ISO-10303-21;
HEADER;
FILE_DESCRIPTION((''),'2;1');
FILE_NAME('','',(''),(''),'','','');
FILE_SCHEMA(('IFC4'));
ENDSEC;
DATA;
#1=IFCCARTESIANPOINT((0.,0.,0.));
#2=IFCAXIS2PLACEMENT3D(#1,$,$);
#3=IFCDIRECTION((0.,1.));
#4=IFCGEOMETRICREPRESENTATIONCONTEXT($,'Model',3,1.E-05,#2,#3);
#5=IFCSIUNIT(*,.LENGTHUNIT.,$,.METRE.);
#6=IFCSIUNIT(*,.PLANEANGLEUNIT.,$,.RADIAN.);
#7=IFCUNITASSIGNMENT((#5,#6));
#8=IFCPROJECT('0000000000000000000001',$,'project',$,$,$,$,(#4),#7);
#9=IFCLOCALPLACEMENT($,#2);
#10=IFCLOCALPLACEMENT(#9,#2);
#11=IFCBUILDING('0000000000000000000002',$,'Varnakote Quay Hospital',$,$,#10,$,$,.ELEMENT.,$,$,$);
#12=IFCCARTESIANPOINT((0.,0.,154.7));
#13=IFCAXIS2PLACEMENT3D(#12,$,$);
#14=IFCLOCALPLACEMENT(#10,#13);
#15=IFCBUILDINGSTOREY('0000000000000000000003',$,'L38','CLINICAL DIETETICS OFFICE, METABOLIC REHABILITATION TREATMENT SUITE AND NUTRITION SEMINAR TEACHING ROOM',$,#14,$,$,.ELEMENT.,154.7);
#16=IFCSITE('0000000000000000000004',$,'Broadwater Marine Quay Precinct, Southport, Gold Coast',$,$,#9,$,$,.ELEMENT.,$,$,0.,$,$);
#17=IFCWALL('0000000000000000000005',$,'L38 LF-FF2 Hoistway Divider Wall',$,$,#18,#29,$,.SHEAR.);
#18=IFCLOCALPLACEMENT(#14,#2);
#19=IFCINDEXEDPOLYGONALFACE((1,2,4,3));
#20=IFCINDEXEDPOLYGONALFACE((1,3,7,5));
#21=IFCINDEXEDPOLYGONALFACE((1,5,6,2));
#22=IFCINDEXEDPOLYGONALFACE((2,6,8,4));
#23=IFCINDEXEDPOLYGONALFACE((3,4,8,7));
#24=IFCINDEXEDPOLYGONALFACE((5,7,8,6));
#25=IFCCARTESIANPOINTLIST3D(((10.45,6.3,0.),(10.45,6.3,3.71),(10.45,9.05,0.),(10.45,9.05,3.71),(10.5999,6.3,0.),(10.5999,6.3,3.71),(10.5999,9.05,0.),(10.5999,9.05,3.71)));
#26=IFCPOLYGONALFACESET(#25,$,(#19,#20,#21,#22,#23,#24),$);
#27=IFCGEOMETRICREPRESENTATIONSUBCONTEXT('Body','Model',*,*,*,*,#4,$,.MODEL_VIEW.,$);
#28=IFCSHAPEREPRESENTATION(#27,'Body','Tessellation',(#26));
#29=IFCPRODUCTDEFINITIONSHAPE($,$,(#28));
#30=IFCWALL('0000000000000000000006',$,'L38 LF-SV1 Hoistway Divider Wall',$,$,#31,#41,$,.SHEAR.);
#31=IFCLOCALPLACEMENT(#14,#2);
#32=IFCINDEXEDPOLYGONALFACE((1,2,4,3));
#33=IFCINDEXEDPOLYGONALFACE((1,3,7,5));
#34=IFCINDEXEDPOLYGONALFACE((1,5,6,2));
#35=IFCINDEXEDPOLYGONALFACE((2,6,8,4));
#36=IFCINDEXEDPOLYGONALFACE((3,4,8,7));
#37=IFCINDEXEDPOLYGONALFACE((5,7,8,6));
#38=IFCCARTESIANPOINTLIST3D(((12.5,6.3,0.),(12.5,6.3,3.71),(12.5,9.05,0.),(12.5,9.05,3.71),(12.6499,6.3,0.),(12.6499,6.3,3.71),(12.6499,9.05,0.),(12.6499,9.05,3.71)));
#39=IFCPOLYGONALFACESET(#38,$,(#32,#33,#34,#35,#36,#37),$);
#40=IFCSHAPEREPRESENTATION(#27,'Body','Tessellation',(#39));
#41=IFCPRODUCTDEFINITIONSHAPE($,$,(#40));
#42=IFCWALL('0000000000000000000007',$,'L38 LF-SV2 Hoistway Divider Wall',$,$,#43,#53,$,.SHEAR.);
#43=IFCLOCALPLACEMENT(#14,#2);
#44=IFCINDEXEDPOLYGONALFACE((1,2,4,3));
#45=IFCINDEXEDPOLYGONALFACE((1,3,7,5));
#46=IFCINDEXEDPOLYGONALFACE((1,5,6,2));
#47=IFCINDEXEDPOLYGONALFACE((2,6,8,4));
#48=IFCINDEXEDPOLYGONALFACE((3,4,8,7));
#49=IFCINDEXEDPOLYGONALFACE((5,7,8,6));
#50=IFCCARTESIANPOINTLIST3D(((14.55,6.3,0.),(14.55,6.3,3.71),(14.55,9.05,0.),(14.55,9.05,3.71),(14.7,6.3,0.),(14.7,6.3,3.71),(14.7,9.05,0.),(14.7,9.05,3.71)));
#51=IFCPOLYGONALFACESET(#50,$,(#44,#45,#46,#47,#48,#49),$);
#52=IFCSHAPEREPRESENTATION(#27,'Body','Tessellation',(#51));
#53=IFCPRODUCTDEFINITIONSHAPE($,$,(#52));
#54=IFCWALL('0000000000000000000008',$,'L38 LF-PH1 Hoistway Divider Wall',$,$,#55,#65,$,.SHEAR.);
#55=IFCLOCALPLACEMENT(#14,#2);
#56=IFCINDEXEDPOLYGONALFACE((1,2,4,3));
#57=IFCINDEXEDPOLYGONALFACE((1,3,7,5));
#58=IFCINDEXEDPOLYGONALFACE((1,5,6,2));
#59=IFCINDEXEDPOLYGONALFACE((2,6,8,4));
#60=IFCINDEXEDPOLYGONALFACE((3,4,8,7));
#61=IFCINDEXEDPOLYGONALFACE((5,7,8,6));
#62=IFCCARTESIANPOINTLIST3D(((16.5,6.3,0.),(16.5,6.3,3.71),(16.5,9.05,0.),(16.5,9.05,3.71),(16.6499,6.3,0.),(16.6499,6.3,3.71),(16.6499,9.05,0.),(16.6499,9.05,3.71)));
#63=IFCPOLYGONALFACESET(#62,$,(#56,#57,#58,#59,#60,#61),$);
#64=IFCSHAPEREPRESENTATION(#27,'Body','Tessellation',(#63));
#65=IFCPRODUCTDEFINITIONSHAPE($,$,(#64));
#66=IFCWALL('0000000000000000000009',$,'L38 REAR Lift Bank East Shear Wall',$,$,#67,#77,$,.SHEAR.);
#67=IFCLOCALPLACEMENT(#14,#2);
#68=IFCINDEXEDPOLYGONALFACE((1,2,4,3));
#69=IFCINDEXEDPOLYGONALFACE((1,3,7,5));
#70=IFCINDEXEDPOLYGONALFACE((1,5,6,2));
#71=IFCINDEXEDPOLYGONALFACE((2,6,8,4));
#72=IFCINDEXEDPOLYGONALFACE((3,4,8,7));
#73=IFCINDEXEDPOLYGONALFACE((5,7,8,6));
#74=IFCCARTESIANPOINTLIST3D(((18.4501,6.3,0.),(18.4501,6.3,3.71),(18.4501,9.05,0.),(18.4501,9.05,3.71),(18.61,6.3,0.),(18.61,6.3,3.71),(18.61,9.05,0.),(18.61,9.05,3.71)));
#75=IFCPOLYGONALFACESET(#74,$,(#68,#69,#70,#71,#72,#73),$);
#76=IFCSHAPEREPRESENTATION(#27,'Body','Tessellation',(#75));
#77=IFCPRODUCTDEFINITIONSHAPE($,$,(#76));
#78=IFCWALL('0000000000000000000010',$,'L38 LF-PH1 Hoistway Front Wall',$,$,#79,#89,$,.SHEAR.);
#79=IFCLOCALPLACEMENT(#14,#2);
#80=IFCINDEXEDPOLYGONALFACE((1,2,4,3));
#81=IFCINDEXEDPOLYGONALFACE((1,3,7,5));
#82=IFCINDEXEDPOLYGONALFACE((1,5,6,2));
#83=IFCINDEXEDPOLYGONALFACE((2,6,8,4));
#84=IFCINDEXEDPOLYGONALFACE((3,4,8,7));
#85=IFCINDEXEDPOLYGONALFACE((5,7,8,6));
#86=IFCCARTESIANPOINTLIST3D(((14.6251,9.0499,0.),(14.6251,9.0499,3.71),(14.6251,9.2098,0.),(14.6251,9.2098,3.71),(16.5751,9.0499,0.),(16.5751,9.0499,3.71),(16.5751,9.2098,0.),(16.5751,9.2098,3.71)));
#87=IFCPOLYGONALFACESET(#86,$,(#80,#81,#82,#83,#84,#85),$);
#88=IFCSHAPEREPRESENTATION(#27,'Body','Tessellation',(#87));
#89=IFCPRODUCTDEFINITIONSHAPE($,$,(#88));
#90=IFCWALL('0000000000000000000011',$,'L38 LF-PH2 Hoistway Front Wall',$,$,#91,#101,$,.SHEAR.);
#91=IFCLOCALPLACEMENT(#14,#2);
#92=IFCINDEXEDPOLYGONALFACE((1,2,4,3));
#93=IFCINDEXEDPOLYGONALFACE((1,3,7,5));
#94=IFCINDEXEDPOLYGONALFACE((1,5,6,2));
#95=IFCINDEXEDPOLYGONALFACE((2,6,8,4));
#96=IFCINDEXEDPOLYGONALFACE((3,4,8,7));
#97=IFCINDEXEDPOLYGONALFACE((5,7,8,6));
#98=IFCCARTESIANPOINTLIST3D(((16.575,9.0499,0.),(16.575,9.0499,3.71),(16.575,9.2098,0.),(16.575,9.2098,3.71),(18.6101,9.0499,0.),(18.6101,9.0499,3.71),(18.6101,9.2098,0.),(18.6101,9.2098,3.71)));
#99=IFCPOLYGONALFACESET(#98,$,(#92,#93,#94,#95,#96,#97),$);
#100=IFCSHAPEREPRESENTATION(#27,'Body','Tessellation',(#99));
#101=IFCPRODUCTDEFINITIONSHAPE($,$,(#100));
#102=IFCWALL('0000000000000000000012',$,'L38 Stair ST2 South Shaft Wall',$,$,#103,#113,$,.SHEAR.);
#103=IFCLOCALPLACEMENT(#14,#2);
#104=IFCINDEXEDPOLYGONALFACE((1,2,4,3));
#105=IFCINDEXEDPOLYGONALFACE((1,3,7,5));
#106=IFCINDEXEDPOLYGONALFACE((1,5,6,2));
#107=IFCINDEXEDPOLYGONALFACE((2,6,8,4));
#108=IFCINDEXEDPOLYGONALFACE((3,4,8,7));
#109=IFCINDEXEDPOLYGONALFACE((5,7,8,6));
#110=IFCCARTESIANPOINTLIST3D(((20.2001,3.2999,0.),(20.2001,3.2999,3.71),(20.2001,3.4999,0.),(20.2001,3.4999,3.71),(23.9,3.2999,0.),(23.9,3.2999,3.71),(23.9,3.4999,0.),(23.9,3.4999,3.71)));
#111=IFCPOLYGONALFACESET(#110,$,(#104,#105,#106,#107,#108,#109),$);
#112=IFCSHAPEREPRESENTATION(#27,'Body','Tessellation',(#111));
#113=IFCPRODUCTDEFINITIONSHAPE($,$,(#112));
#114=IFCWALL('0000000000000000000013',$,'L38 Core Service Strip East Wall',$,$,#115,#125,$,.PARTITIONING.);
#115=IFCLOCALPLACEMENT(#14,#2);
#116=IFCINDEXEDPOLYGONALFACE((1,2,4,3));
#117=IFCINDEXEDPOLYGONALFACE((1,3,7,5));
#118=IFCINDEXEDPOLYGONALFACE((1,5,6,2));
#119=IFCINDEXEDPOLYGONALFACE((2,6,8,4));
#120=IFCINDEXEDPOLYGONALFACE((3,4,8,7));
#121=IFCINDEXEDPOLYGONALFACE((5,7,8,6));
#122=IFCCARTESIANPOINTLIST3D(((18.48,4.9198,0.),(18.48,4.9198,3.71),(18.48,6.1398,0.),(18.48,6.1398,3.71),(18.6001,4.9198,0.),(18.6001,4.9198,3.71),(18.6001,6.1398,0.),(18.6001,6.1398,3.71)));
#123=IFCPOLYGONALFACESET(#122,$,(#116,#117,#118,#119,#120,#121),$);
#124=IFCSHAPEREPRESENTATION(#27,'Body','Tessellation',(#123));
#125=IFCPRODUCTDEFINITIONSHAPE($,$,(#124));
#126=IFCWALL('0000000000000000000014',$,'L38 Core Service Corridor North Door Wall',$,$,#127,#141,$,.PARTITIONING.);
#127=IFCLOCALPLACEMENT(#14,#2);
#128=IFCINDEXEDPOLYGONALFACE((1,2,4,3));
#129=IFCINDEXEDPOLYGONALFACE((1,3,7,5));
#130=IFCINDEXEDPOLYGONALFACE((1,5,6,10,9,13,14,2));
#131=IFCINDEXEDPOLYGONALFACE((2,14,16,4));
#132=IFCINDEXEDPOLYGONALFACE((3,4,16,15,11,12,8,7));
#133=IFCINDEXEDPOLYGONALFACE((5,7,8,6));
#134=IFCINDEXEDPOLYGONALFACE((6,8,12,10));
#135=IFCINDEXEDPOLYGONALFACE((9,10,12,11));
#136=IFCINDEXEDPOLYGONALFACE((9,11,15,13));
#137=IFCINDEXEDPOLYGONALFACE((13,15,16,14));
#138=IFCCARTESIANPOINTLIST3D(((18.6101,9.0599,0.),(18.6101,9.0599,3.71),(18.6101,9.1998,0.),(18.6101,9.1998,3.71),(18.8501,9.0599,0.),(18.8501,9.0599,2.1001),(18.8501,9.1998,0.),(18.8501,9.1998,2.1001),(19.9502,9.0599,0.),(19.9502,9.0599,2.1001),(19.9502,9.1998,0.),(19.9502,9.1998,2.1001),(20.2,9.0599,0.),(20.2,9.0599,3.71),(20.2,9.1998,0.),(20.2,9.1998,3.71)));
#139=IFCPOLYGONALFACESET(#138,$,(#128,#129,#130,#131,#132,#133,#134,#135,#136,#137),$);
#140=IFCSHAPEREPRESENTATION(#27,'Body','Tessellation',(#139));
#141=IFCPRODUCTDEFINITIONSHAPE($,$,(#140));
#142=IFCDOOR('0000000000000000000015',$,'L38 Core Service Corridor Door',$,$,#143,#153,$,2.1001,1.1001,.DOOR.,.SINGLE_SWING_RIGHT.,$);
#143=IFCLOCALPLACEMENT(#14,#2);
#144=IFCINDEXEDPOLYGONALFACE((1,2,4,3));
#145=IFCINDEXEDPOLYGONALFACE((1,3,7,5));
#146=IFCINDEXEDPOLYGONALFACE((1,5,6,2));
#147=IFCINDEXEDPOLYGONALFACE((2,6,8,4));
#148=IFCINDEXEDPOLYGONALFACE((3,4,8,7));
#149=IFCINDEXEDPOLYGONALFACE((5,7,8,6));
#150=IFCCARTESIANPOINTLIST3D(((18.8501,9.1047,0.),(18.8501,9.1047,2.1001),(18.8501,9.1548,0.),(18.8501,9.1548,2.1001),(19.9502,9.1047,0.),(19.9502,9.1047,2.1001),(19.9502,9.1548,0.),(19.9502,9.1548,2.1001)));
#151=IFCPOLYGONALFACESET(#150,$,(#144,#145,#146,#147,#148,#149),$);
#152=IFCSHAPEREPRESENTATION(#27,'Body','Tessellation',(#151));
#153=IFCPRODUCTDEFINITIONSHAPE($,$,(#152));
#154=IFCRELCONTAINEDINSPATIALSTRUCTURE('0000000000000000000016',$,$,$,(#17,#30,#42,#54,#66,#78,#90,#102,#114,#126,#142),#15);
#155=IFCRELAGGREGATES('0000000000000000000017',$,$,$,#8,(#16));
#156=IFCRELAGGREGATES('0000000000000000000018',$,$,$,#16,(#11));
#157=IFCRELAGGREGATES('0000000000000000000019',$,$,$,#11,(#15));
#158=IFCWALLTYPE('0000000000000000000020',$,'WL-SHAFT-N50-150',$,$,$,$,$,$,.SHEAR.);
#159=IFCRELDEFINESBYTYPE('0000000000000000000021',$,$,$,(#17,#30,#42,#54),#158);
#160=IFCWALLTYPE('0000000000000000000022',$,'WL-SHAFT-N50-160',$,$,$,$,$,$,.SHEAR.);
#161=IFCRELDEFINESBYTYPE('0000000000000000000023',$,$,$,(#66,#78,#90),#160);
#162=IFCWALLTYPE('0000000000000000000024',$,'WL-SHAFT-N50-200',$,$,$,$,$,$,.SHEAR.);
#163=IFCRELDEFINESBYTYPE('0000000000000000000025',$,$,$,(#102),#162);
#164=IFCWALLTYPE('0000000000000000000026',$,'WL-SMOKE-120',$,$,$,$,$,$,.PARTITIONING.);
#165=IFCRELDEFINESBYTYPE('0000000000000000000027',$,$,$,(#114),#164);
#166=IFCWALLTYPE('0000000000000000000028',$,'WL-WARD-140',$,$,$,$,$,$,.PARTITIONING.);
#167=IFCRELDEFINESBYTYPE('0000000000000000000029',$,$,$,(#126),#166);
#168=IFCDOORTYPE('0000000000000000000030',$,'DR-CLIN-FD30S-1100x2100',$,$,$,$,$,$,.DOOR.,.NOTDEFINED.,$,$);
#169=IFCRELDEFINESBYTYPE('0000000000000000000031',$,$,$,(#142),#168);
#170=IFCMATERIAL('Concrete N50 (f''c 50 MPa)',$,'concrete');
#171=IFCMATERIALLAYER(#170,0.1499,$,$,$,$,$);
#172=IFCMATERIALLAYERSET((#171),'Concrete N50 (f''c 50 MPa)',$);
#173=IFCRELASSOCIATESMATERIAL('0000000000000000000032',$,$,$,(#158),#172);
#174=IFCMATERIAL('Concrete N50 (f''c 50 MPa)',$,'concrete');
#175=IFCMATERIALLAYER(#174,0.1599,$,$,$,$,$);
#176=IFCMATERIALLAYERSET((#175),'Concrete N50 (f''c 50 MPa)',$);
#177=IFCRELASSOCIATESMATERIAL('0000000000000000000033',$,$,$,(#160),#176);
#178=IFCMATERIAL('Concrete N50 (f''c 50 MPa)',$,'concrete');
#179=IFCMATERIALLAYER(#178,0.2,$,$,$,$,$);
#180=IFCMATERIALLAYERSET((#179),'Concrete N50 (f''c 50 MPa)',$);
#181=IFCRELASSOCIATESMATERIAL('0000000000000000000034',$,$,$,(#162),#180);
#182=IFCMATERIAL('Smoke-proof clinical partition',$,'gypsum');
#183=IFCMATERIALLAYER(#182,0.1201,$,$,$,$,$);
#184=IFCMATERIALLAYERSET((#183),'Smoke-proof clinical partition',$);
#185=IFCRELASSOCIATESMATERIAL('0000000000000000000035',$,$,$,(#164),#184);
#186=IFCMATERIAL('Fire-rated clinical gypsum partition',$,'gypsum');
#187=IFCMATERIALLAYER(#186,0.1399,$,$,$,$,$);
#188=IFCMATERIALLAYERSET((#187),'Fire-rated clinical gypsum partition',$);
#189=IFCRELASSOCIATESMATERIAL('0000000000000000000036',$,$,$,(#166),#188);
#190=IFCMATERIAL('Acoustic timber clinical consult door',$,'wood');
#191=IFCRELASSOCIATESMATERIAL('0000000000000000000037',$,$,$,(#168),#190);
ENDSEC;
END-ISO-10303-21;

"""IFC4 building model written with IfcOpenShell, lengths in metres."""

from ifc_helpers import new_model, si_unit, direction, frame, frame_2d, origin, place, context, subcontext, project, spatial, rectangle, extrude, material, layer, layer_set, type_object, element, fill, save


model = new_model("IFC4")

# Units and contexts
model_context = context("Model", 3, precision=1e-05, world=origin(), true_north=direction((0.0, 1.0)))
body_context = subcontext(model_context, "Body", "Model", "MODEL_VIEW")
ifc_project = project(units=[si_unit("LENGTHUNIT", "METRE"), si_unit("PLANEANGLEUNIT", "RADIAN")], contexts=[model_context])

# Site, building, storey
site_placement = place(None, origin())
site = spatial("IfcSite", under=ifc_project, at=site_placement, Name="Broadwater Marine Quay Precinct, Southport, Gold Coast", CompositionType="ELEMENT", RefElevation=0.0)
building_placement = place(site_placement, origin())
building = spatial("IfcBuilding", under=site, at=building_placement, Name="Varnakote Quay Hospital", CompositionType="ELEMENT")
storey_placement = place(building_placement, frame((0.0, 0.0, 154.7)))
storey = spatial("IfcBuildingStorey", under=building, at=storey_placement, Name="L38", Description="CLINICAL DIETETICS OFFICE, METABOLIC REHABILITATION TREATMENT SUITE AND NUTRITION SEMINAR TEACHING ROOM", CompositionType="ELEMENT", Elevation=154.7)

# Walls
ifc_material_1 = material(Name="Concrete N50 (f'c 50 MPa)", Category="concrete")
ifc_layer_1 = layer(ifc_material_1, 0.1499)
ifc_layer_set_1 = layer_set([ifc_layer_1], Name="Concrete N50 (f'c 50 MPa)")
wall_type_1 = type_object("IfcWallType", Name="WL-SHAFT-N50-150", PredefinedType="SHEAR", material=ifc_layer_set_1)
for number, where, z_axis, x_axis, name in (
    (1, (10.5249, 6.3, 0.0), (0.0, 0.0, 1.0), (0.0, 1.0, 0.0), "L38 LF-FF2 Hoistway Divider Wall"),
    (2, (12.575, 6.3, 0.0), (0.0, 0.0, 1.0), (0.0, 1.0, 0.0), "L38 LF-SV1 Hoistway Divider Wall"),
    (3, (14.625, 6.3, 0.0), (0.0, 0.0, 1.0), (0.0, 1.0, 0.0), "L38 LF-SV2 Hoistway Divider Wall"),
    (4, (16.575, 6.3, 0.0), (0.0, 0.0, 1.0), (0.0, 1.0, 0.0), "L38 LF-PH1 Hoistway Divider Wall"),
):
    element("IfcWall", number, at=place(storey_placement, frame(where, z_axis=z_axis, x_axis=x_axis)), inside=storey, type_object=wall_type_1, Name=name, PredefinedType="SHEAR", context=body_context, shape_type="SweptSolid", body=[
        extrude(rectangle(XDim=2.75, YDim=0.1499, at=frame_2d((1.375, 0.0))), origin(), (0.0, 0.0, 1.0), 3.71),
    ])
ifc_material_2 = material(Name="Concrete N50 (f'c 50 MPa)", Category="concrete")
ifc_layer_2 = layer(ifc_material_2, 0.1599)
ifc_layer_set_2 = layer_set([ifc_layer_2], Name="Concrete N50 (f'c 50 MPa)")
wall_type_2 = type_object("IfcWallType", Name="WL-SHAFT-N50-160", PredefinedType="SHEAR", material=ifc_layer_set_2)
wall_1_placement = place(storey_placement, frame((18.53, 6.3, 0.0), z_axis=(0.0, 0.0, 1.0), x_axis=(0.0, 1.0, 0.0)))
element("IfcWall", 5, at=wall_1_placement, inside=storey, type_object=wall_type_2, Name="L38 REAR Lift Bank East Shear Wall", PredefinedType="SHEAR", context=body_context, shape_type="SweptSolid", body=[
    extrude(rectangle(XDim=2.75, YDim=0.1599, at=frame_2d((1.375, 0.0))), origin(), (0.0, 0.0, 1.0), 3.71),
])

# Walls
wall_2_placement = place(storey_placement, frame((14.625, 9.1299, 0.0), z_axis=(0.0, 0.0, 1.0), x_axis=(1.0, 0.0, 0.0)))
element("IfcWall", 6, at=wall_2_placement, inside=storey, type_object=wall_type_2, Name="L38 LF-PH1 Hoistway Front Wall", PredefinedType="SHEAR", context=body_context, shape_type="SweptSolid", body=[
    extrude(rectangle(XDim=1.95, YDim=0.1599, at=frame_2d((0.9751, 0.0))), origin(), (0.0, 0.0, 1.0), 3.71),
])
wall_3_placement = place(storey_placement, frame((16.575, 9.1299, 0.0), z_axis=(0.0, 0.0, 1.0), x_axis=(1.0, 0.0, 0.0)))
element("IfcWall", 7, at=wall_3_placement, inside=storey, type_object=wall_type_2, Name="L38 LF-PH2 Hoistway Front Wall", PredefinedType="SHEAR", context=body_context, shape_type="SweptSolid", body=[
    extrude(rectangle(XDim=2.0352, YDim=0.1599, at=frame_2d((1.0176, 0.0))), origin(), (0.0, 0.0, 1.0), 3.71),
])
ifc_material_3 = material(Name="Concrete N50 (f'c 50 MPa)", Category="concrete")
ifc_layer_3 = layer(ifc_material_3, 0.2)
ifc_layer_set_3 = layer_set([ifc_layer_3], Name="Concrete N50 (f'c 50 MPa)")
wall_type_3 = type_object("IfcWallType", Name="WL-SHAFT-N50-200", PredefinedType="SHEAR", material=ifc_layer_set_3)
wall_4_placement = place(storey_placement, frame((20.2, 3.3999, 0.0), z_axis=(0.0, 0.0, 1.0), x_axis=(1.0, 0.0, 0.0)))
element("IfcWall", 8, at=wall_4_placement, inside=storey, type_object=wall_type_3, Name="L38 Stair ST2 South Shaft Wall", PredefinedType="SHEAR", context=body_context, shape_type="SweptSolid", body=[
    extrude(rectangle(XDim=3.7, YDim=0.2, at=frame_2d((1.8501, 0.0))), origin(), (0.0, 0.0, 1.0), 3.71),
])

# Wall
ifc_material_4 = material(Name="Smoke-proof clinical partition", Category="gypsum")
ifc_layer_4 = layer(ifc_material_4, 0.1201)
ifc_layer_set_4 = layer_set([ifc_layer_4], Name="Smoke-proof clinical partition")
wall_type_4 = type_object("IfcWallType", Name="WL-SMOKE-120", PredefinedType="PARTITIONING", material=ifc_layer_set_4)
wall_5_placement = place(storey_placement, frame((18.54, 4.9199, 0.0), z_axis=(0.0, 0.0, 1.0), x_axis=(0.0, 1.0, 0.0)))
element("IfcWall", 9, at=wall_5_placement, inside=storey, type_object=wall_type_4, Name="L38 Core Service Strip East Wall", PredefinedType="PARTITIONING", context=body_context, shape_type="SweptSolid", body=[
    extrude(rectangle(XDim=1.22, YDim=0.1201, at=frame_2d((0.6099, 0.0))), origin(), (0.0, 0.0, 1.0), 3.71),
])

# Wall, opening, door
ifc_material_5 = material(Name="Fire-rated clinical gypsum partition", Category="gypsum")
ifc_layer_5 = layer(ifc_material_5, 0.1399)
ifc_layer_set_5 = layer_set([ifc_layer_5], Name="Fire-rated clinical gypsum partition")
wall_type_5 = type_object("IfcWallType", Name="WL-WARD-140", PredefinedType="PARTITIONING", material=ifc_layer_set_5)
wall_6_placement = place(storey_placement, frame((18.6101, 9.1299, 0.0), z_axis=(0.0, 0.0, 1.0), x_axis=(1.0, 0.0, 0.0)))
wall_6 = element("IfcWall", 10, at=wall_6_placement, inside=storey, type_object=wall_type_5, Name="L38 Core Service Corridor North Door Wall", PredefinedType="PARTITIONING", context=body_context, shape_type="SweptSolid", body=[
    extrude(rectangle(XDim=1.5898, YDim=0.1399, at=frame_2d((0.7949, 0.0))), origin(), (0.0, 0.0, 1.0), 3.71),
])
opening_1_placement = place(wall_6_placement, frame((0.24, 0.0, 0.0)))
opening_1 = element("IfcOpeningElement", 11, at=opening_1_placement, cuts=wall_6, PredefinedType="OPENING", context=body_context, shape_type="SweptSolid", body=[
    extrude(rectangle(XDim=1.1001, YDim=2.1001, at=frame_2d((0.55, 1.05))), frame((0.0, 0.0798, 0.0), z_axis=(0.0, -1.0, 0.0), x_axis=(1.0, 0.0, 0.0)), (0.0, 0.0, 1.0), 0.1599),
])
ifc_material_6 = material(Name="Acoustic timber clinical consult door", Category="wood")
door_type_1 = type_object("IfcDoorType", Name="DR-CLIN-FD30S-1100x2100", OperationType="NOTDEFINED", PredefinedType="DOOR", material=ifc_material_6)
door_1_placement = place(opening_1_placement, origin())
door_1 = element("IfcDoor", 12, at=door_1_placement, inside=storey, type_object=door_type_1, Name="L38 Core Service Corridor Door", OperationType="SINGLE_SWING_RIGHT", OverallHeight=2.1001, OverallWidth=1.1001, PredefinedType="DOOR", context=body_context, shape_type="SweptSolid", body=[
    extrude(rectangle(XDim=1.1001, YDim=2.1001, at=frame_2d((0.55, 1.05))), frame((0.0, 0.0249, 0.0), z_axis=(0.0, -1.0, 0.0), x_axis=(1.0, 0.0, 0.0)), (0.0, 0.0, 1.0), 0.05),
])
fill(opening_1, door_1)

save(model, "model.ifc")
